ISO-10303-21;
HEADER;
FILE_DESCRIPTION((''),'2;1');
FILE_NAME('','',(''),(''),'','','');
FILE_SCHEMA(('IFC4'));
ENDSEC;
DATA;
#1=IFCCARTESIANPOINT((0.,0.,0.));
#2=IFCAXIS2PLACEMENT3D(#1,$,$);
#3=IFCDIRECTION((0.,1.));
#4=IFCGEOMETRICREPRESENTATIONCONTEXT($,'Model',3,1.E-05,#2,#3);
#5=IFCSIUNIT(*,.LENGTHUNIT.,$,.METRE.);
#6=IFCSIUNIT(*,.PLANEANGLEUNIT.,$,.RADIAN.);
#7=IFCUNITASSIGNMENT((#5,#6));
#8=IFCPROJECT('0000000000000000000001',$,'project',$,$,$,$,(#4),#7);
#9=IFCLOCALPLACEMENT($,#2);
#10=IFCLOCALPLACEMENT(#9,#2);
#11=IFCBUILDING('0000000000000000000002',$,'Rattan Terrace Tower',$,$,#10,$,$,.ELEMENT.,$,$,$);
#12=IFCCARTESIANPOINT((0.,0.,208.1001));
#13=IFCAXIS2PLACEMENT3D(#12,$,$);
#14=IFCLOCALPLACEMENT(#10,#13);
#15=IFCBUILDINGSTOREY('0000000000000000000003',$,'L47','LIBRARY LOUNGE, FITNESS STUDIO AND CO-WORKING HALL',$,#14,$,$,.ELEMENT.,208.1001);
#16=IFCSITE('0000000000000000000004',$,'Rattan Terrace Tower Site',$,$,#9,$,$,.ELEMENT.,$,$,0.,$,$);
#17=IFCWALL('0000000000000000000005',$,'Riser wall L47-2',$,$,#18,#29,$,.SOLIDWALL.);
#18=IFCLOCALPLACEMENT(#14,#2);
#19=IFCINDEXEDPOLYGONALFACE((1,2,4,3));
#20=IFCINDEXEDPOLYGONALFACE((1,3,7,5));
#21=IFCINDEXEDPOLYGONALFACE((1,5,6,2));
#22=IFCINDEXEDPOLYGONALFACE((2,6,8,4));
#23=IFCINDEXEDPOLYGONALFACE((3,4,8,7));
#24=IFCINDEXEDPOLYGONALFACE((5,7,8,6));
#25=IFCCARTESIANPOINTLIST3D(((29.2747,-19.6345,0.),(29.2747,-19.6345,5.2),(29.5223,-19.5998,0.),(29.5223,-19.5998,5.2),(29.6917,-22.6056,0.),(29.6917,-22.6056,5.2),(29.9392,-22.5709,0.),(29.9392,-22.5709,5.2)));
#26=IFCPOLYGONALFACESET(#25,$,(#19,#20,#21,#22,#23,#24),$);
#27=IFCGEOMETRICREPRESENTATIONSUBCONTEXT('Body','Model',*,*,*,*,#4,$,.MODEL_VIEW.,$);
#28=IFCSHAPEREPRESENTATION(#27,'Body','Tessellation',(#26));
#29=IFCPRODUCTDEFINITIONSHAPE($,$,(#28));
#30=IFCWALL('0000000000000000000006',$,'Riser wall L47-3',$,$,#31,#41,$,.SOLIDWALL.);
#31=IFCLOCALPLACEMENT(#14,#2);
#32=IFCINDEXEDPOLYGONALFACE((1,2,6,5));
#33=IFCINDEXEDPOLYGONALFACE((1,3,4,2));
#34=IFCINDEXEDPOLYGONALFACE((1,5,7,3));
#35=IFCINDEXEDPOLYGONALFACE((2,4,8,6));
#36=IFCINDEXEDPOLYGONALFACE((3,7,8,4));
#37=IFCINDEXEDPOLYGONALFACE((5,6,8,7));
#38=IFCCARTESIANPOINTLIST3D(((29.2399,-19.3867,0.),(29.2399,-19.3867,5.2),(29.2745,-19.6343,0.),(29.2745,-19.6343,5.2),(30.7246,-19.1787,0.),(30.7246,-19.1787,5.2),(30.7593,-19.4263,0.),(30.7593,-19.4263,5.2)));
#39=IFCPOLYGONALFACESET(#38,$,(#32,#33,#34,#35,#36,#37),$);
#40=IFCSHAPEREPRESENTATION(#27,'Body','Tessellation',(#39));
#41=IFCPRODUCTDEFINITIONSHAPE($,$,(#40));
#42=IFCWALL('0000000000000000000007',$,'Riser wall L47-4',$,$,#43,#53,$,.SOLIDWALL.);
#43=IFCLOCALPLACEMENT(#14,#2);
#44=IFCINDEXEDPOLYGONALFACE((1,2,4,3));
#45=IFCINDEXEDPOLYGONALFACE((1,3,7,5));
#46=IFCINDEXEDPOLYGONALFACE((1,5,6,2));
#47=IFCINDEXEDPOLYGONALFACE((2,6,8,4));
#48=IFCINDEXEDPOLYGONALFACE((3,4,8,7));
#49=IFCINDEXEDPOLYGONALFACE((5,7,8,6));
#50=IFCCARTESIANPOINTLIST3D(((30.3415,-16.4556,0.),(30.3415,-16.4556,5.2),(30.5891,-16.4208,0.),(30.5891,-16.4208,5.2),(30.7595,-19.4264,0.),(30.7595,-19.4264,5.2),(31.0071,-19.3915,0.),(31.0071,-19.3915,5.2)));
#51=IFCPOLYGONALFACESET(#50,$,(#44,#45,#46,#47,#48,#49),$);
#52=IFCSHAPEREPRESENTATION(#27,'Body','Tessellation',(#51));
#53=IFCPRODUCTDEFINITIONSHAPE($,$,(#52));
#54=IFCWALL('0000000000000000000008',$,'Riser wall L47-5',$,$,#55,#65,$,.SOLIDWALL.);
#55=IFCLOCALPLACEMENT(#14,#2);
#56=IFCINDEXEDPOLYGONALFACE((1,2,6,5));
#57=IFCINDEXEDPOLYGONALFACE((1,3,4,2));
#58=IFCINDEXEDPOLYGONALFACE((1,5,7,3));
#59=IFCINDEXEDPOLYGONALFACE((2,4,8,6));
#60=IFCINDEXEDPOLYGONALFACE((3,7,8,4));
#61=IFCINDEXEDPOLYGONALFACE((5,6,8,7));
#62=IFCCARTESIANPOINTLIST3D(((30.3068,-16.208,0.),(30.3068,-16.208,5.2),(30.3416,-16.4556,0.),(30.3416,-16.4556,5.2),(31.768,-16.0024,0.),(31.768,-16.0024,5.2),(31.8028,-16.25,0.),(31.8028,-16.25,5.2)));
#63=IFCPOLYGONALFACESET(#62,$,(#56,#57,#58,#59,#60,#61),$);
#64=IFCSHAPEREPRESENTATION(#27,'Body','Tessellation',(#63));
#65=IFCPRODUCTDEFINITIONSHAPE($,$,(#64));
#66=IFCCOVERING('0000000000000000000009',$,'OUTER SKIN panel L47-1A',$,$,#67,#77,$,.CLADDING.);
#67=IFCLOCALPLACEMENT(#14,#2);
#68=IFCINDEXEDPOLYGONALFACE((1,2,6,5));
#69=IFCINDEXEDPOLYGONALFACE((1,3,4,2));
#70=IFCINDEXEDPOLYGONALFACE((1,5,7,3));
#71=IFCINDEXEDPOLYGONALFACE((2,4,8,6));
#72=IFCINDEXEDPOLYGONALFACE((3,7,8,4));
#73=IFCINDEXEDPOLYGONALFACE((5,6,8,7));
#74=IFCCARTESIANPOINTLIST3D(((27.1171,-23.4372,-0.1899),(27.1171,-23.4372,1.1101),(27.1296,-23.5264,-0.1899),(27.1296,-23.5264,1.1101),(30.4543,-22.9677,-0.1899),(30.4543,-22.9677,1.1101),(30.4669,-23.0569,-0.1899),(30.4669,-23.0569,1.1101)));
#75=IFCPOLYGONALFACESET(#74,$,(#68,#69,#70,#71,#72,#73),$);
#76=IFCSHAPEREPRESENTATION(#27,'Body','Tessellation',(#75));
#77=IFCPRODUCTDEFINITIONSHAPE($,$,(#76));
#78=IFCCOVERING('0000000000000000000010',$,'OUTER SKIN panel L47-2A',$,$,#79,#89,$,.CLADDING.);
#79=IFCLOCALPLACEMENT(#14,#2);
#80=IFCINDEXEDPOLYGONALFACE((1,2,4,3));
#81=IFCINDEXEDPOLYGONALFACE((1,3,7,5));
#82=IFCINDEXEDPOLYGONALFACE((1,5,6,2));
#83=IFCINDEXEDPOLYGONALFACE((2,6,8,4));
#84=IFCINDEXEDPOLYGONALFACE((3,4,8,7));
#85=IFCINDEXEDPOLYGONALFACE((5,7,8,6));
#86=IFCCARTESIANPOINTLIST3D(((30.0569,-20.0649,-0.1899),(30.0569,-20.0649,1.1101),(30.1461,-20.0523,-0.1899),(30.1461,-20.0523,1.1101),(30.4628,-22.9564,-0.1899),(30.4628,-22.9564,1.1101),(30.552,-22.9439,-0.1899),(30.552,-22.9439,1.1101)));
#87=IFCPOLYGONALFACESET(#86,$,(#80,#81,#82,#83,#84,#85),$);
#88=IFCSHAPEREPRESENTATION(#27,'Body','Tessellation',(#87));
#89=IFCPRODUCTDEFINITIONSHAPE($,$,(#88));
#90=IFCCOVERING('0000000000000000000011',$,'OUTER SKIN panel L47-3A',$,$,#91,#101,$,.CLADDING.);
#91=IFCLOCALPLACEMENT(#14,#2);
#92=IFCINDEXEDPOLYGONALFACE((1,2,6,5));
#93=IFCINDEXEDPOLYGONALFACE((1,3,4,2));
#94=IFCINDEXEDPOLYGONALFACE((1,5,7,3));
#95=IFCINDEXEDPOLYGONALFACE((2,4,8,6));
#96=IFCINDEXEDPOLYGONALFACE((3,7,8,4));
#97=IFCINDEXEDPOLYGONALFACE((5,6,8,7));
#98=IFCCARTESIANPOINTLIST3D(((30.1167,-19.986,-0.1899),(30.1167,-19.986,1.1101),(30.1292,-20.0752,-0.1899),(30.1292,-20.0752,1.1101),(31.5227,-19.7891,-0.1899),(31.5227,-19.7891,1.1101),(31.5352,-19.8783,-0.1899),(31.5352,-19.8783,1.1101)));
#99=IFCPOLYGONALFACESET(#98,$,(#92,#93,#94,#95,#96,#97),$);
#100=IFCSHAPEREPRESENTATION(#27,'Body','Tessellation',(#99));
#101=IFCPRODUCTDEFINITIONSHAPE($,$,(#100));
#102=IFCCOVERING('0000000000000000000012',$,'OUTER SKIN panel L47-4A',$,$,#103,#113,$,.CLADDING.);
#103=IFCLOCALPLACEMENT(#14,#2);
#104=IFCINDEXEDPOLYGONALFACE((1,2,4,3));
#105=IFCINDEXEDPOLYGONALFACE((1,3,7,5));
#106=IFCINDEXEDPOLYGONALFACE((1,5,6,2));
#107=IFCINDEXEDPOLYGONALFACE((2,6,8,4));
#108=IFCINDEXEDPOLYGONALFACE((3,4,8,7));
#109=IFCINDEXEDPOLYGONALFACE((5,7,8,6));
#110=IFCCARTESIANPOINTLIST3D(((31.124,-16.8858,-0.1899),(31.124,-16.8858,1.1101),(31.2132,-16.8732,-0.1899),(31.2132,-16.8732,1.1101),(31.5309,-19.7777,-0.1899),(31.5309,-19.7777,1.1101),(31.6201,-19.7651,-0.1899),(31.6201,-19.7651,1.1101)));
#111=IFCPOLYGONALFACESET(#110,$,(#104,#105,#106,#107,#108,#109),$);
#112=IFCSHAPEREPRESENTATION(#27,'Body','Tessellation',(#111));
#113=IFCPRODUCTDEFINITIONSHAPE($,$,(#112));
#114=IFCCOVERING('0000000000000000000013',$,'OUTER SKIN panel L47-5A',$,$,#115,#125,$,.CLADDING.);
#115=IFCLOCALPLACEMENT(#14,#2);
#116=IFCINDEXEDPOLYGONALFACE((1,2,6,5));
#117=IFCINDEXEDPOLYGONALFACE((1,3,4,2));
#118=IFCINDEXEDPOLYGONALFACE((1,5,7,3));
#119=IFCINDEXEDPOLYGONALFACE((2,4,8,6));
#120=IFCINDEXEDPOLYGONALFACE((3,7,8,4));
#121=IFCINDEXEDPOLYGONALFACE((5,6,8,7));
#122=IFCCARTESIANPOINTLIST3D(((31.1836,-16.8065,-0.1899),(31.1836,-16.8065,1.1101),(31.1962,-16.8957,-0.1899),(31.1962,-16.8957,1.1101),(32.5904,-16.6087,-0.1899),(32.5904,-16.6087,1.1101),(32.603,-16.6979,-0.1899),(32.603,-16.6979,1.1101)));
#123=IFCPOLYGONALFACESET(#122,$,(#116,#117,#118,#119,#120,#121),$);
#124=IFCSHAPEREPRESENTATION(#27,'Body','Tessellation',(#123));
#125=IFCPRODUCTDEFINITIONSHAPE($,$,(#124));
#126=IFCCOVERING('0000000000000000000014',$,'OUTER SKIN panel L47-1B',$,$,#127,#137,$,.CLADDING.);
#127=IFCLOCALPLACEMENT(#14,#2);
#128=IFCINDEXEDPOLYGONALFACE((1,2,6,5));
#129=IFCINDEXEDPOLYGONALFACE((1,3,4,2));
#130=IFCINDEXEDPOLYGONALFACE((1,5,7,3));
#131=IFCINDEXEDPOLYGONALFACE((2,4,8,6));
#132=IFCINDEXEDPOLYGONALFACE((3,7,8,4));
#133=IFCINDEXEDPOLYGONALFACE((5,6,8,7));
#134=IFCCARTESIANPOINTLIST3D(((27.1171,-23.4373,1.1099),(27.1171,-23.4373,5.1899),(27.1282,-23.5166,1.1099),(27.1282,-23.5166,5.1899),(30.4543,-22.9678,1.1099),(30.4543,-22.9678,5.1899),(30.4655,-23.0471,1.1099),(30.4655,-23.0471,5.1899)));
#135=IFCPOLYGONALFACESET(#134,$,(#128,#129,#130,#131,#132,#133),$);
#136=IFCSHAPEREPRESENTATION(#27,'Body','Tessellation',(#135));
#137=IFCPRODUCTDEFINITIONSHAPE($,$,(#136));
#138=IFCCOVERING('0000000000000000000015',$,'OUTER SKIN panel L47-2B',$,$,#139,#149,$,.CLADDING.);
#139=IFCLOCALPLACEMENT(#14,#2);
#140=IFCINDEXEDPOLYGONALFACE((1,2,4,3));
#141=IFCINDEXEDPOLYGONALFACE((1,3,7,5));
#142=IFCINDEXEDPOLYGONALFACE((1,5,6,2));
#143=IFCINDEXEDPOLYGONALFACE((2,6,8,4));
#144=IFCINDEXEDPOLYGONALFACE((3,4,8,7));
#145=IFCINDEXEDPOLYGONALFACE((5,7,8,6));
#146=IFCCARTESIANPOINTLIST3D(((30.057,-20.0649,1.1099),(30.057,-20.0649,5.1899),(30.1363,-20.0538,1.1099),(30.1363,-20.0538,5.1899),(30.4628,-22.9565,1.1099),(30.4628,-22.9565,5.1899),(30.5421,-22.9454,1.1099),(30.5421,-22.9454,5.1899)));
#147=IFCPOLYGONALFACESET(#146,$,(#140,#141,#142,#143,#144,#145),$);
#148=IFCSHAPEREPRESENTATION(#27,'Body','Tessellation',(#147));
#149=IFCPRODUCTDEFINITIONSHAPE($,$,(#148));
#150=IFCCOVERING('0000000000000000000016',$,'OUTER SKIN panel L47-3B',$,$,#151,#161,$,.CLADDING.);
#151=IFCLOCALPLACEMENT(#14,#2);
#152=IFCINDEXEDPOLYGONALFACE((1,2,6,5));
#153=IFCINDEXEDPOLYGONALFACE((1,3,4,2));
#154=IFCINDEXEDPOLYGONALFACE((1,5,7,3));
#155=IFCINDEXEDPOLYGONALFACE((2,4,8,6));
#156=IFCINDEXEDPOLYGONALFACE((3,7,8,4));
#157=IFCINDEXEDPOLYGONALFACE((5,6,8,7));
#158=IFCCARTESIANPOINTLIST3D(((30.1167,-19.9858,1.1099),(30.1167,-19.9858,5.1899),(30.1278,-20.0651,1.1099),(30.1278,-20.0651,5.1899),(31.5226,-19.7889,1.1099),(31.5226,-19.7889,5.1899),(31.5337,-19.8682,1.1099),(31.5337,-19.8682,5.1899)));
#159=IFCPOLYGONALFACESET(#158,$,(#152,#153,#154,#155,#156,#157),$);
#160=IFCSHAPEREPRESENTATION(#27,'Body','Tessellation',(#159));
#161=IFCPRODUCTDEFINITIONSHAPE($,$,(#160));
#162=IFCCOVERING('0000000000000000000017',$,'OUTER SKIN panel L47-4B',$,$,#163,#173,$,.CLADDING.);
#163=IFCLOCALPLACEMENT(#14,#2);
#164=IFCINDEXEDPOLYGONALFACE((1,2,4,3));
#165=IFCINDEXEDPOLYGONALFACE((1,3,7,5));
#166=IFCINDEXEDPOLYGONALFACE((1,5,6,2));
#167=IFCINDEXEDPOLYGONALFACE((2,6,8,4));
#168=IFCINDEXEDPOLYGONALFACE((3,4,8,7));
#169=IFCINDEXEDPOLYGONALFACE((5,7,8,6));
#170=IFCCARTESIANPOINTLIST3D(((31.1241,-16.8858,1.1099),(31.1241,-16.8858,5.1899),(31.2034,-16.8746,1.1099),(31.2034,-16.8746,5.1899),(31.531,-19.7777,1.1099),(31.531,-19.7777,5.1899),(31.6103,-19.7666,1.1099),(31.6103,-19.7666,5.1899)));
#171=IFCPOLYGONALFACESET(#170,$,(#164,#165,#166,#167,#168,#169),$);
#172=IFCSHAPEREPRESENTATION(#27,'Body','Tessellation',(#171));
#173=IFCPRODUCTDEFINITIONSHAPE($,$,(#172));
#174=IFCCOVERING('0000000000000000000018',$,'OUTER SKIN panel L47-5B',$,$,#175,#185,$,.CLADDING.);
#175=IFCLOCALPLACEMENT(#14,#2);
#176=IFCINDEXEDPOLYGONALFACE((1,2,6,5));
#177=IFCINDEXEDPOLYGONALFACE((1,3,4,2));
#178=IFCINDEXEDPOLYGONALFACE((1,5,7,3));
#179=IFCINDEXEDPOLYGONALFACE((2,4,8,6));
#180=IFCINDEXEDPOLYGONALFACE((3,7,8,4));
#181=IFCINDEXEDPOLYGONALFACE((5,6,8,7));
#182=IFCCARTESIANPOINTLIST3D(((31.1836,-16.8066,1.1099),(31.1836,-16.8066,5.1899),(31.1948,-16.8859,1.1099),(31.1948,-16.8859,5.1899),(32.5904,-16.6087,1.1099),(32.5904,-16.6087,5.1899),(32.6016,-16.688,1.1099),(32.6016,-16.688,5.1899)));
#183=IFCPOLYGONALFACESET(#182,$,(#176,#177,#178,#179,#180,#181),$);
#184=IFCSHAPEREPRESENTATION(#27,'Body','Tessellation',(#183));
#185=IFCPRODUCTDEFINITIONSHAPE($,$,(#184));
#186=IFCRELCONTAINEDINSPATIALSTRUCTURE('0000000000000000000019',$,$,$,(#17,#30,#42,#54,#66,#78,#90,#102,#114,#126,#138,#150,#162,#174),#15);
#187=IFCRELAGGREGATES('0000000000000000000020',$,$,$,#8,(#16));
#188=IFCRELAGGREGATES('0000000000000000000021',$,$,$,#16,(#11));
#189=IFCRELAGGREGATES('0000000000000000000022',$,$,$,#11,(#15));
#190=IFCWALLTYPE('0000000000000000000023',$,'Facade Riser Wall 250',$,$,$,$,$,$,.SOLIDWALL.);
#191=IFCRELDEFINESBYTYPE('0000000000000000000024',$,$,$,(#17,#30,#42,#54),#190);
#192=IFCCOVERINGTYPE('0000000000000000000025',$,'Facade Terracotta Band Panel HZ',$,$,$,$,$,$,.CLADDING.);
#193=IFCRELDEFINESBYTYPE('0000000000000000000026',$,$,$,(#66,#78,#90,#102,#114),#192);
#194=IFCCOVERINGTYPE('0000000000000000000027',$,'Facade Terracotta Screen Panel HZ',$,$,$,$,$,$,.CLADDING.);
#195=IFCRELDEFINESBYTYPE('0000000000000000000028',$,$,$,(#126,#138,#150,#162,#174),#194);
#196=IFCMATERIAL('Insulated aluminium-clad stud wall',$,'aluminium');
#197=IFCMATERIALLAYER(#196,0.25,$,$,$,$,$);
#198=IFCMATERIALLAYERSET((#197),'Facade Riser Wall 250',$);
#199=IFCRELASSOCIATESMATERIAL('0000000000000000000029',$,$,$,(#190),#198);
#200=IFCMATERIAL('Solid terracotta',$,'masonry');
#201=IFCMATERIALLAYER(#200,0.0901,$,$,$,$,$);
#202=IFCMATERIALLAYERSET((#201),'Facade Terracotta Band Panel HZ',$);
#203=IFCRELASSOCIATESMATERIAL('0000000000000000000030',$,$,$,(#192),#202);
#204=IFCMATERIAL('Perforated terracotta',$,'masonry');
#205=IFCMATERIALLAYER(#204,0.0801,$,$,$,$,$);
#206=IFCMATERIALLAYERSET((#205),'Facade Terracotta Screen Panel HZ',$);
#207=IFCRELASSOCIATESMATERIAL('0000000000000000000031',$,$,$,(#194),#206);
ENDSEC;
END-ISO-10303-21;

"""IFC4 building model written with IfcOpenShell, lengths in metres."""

from ifc_helpers import new_model, si_unit, direction, frame, frame_2d, origin, origin_2d, place, context, subcontext, project, spatial, rectangle, extrude, material, layer, layer_set, type_object, element, save


model = new_model("IFC4")

# Units and contexts
model_context = context("Model", 3, precision=1e-05, world=origin(), true_north=direction((0.0, 1.0)))
body_context = subcontext(model_context, "Body", "Model", "MODEL_VIEW")
ifc_project = project(units=[si_unit("LENGTHUNIT", "METRE"), si_unit("PLANEANGLEUNIT", "RADIAN")], contexts=[model_context])

# Site, building, storey
site_placement = place(None, origin())
site = spatial("IfcSite", under=ifc_project, at=site_placement, Name="Rattan Terrace Tower Site", CompositionType="ELEMENT", RefElevation=0.0)
building_placement = place(site_placement, origin())
building = spatial("IfcBuilding", under=site, at=building_placement, Name="Rattan Terrace Tower", CompositionType="ELEMENT")
storey_placement = place(building_placement, frame((0.0, 0.0, 208.1001)))
storey = spatial("IfcBuildingStorey", under=building, at=storey_placement, Name="L47", Description="LIBRARY LOUNGE, FITNESS STUDIO AND CO-WORKING HALL", CompositionType="ELEMENT", Elevation=208.1001)

# Walls
ifc_material_1 = material(Name="Insulated aluminium-clad stud wall", Category="aluminium")
ifc_layer_1 = layer(ifc_material_1, 0.25)
ifc_layer_set_1 = layer_set([ifc_layer_1], Name="Facade Riser Wall 250")
wall_type = type_object("IfcWallType", Name="Facade Riser Wall 250", PredefinedType="SOLIDWALL", material=ifc_layer_set_1)
wall_1_placement = place(storey_placement, frame((29.8154, -22.5881, 0.0), z_axis=(0.0, 0.0, 1.0), x_axis=(-0.138983, 0.990295, 0.0)))
element("IfcWall", 1, at=wall_1_placement, inside=storey, type_object=wall_type, Name="Riser wall L47-2", PredefinedType="SOLIDWALL", context=body_context, shape_type="SweptSolid", body=[
    extrude(rectangle(XDim=3.0002, YDim=0.25, at=frame_2d((1.5, 0.0))), origin(), (0.0, 0.0, 1.0), 5.2),
])
wall_2_placement = place(storey_placement, frame((29.2573, -19.5105, 0.0), z_axis=(0.0, 0.0, 1.0), x_axis=(0.99033, 0.138731, 0.0)))
element("IfcWall", 2, at=wall_2_placement, inside=storey, type_object=wall_type, Name="Riser wall L47-3", PredefinedType="SOLIDWALL", context=body_context, shape_type="SweptSolid", body=[
    extrude(rectangle(XDim=1.4993, YDim=0.25, at=frame_2d((0.7495, 0.0))), origin(), (0.0, 0.0, 1.0), 5.2),
])
wall_3_placement = place(storey_placement, frame((30.8833, -19.4089, 0.0), z_axis=(0.0, 0.0, 1.0), x_axis=(-0.139325, 0.990247, 0.0)))
element("IfcWall", 3, at=wall_3_placement, inside=storey, type_object=wall_type, Name="Riser wall L47-4", PredefinedType="SOLIDWALL", context=body_context, shape_type="SweptSolid", body=[
    extrude(rectangle(XDim=3.0, YDim=0.25, at=frame_2d((1.5, 0.0))), origin(), (0.0, 0.0, 1.0), 5.2),
])
wall_4_placement = place(storey_placement, frame((30.3242, -16.3318, 0.0), z_axis=(0.0, 0.0, 1.0), x_axis=(0.990248, 0.139313, 0.0)))
element("IfcWall", 4, at=wall_4_placement, inside=storey, type_object=wall_type, Name="Riser wall L47-5", PredefinedType="SOLIDWALL", context=body_context, shape_type="SweptSolid", body=[
    extrude(rectangle(XDim=1.4756, YDim=0.25, at=frame_2d((0.7378, 0.0))), origin(), (0.0, 0.0, 1.0), 5.2),
])

# Coverings
ifc_material_2 = material(Name="Solid terracotta", Category="masonry")
ifc_layer_2 = layer(ifc_material_2, 0.0901)
ifc_layer_set_2 = layer_set([ifc_layer_2], Name="Facade Terracotta Band Panel HZ")
covering_type_1 = type_object("IfcCoveringType", Name="Facade Terracotta Band Panel HZ", PredefinedType="CLADDING", material=ifc_layer_set_2)
covering_1_placement = place(storey_placement, frame((28.792, -23.2471, -0.1899), z_axis=(0.0, 0.0, 1.0), x_axis=(0.990247, 0.139321, 0.0)))
element("IfcCovering", 5, at=covering_1_placement, inside=storey, type_object=covering_type_1, Name="OUTER SKIN panel L47-1A", PredefinedType="CLADDING", context=body_context, shape_type="SweptSolid", body=[
    extrude(rectangle(XDim=3.3701, YDim=0.0901, at=origin_2d()), origin(), (0.0, 0.0, 1.0), 1.3),
])
covering_2_placement = place(storey_placement, frame((30.3044, -21.5044, -0.1899), z_axis=(0.0, 0.0, 1.0), x_axis=(-0.138994, 0.990293, 0.0)))
element("IfcCovering", 6, at=covering_2_placement, inside=storey, type_object=covering_type_1, Name="OUTER SKIN panel L47-2A", PredefinedType="CLADDING", context=body_context, shape_type="SweptSolid", body=[
    extrude(rectangle(XDim=2.9199, YDim=0.0901, at=origin_2d()), origin(), (0.0, 0.0, 1.0), 1.3),
])
covering_3_placement = place(storey_placement, frame((30.8259, -19.9321, -0.1899), z_axis=(0.0, 0.0, 1.0), x_axis=(0.990333, 0.138713, 0.0)))
element("IfcCovering", 7, at=covering_3_placement, inside=storey, type_object=covering_type_1, Name="OUTER SKIN panel L47-3A", PredefinedType="CLADDING", context=body_context, shape_type="SweptSolid", body=[
    extrude(rectangle(XDim=1.4197, YDim=0.0901, at=origin_2d()), origin(), (0.0, 0.0, 1.0), 1.3),
])
covering_4_placement = place(storey_placement, frame((31.3721, -18.3254, -0.1899), z_axis=(0.0, 0.0, 1.0), x_axis=(-0.139321, 0.990247, 0.0)))
element("IfcCovering", 8, at=covering_4_placement, inside=storey, type_object=covering_type_1, Name="OUTER SKIN panel L47-4A", PredefinedType="CLADDING", context=body_context, shape_type="SweptSolid", body=[
    extrude(rectangle(XDim=2.9204, YDim=0.0901, at=origin_2d()), origin(), (0.0, 0.0, 1.0), 1.3),
])
covering_5_placement = place(storey_placement, frame((31.8933, -16.7522, -0.1899), z_axis=(0.0, 0.0, 1.0), x_axis=(0.990254, 0.139275, 0.0)))
element("IfcCovering", 9, at=covering_5_placement, inside=storey, type_object=covering_type_1, Name="OUTER SKIN panel L47-5A", PredefinedType="CLADDING", context=body_context, shape_type="SweptSolid", body=[
    extrude(rectangle(XDim=1.4207, YDim=0.0901, at=origin_2d()), origin(), (0.0, 0.0, 1.0), 1.3),
])
ifc_material_3 = material(Name="Perforated terracotta", Category="masonry")
ifc_layer_3 = layer(ifc_material_3, 0.0801)
ifc_layer_set_3 = layer_set([ifc_layer_3], Name="Facade Terracotta Screen Panel HZ")
covering_type_2 = type_object("IfcCoveringType", Name="Facade Terracotta Screen Panel HZ", PredefinedType="CLADDING", material=ifc_layer_set_3)
covering_6_placement = place(storey_placement, frame((28.7913, -23.2422, 1.1099), z_axis=(0.0, 0.0, 1.0), x_axis=(0.990247, 0.139321, 0.0)))
element("IfcCovering", 10, at=covering_6_placement, inside=storey, type_object=covering_type_2, Name="OUTER SKIN panel L47-1B", PredefinedType="CLADDING", context=body_context, shape_type="SweptSolid", body=[
    extrude(rectangle(XDim=3.3701, YDim=0.0801, at=origin_2d()), origin(), (0.0, 0.0, 1.0), 4.0801),
])
covering_7_placement = place(storey_placement, frame((30.2996, -21.5051, 1.1099), z_axis=(0.0, 0.0, 1.0), x_axis=(-0.138994, 0.990293, 0.0)))
element("IfcCovering", 11, at=covering_7_placement, inside=storey, type_object=covering_type_2, Name="OUTER SKIN panel L47-2B", PredefinedType="CLADDING", context=body_context, shape_type="SweptSolid", body=[
    extrude(rectangle(XDim=2.9199, YDim=0.0801, at=origin_2d()), origin(), (0.0, 0.0, 1.0), 4.0801),
])
covering_8_placement = place(storey_placement, frame((30.8252, -19.927, 1.1099), z_axis=(0.0, 0.0, 1.0), x_axis=(0.990333, 0.138713, 0.0)))
element("IfcCovering", 12, at=covering_8_placement, inside=storey, type_object=covering_type_2, Name="OUTER SKIN panel L47-3B", PredefinedType="CLADDING", context=body_context, shape_type="SweptSolid", body=[
    extrude(rectangle(XDim=1.4197, YDim=0.0801, at=origin_2d()), origin(), (0.0, 0.0, 1.0), 4.0801),
])
covering_9_placement = place(storey_placement, frame((31.3672, -18.3262, 1.1099), z_axis=(0.0, 0.0, 1.0), x_axis=(-0.139321, 0.990247, 0.0)))
element("IfcCovering", 13, at=covering_9_placement, inside=storey, type_object=covering_type_2, Name="OUTER SKIN panel L47-4B", PredefinedType="CLADDING", context=body_context, shape_type="SweptSolid", body=[
    extrude(rectangle(XDim=2.9204, YDim=0.0801, at=origin_2d()), origin(), (0.0, 0.0, 1.0), 4.0801),
])
covering_10_placement = place(storey_placement, frame((31.8926, -16.7473, 1.1099), z_axis=(0.0, 0.0, 1.0), x_axis=(0.990254, 0.139275, 0.0)))
element("IfcCovering", 14, at=covering_10_placement, inside=storey, type_object=covering_type_2, Name="OUTER SKIN panel L47-5B", PredefinedType="CLADDING", context=body_context, shape_type="SweptSolid", body=[
    extrude(rectangle(XDim=1.4207, YDim=0.0801, at=origin_2d()), origin(), (0.0, 0.0, 1.0), 4.0801),
])

save(model, "model.ifc")
